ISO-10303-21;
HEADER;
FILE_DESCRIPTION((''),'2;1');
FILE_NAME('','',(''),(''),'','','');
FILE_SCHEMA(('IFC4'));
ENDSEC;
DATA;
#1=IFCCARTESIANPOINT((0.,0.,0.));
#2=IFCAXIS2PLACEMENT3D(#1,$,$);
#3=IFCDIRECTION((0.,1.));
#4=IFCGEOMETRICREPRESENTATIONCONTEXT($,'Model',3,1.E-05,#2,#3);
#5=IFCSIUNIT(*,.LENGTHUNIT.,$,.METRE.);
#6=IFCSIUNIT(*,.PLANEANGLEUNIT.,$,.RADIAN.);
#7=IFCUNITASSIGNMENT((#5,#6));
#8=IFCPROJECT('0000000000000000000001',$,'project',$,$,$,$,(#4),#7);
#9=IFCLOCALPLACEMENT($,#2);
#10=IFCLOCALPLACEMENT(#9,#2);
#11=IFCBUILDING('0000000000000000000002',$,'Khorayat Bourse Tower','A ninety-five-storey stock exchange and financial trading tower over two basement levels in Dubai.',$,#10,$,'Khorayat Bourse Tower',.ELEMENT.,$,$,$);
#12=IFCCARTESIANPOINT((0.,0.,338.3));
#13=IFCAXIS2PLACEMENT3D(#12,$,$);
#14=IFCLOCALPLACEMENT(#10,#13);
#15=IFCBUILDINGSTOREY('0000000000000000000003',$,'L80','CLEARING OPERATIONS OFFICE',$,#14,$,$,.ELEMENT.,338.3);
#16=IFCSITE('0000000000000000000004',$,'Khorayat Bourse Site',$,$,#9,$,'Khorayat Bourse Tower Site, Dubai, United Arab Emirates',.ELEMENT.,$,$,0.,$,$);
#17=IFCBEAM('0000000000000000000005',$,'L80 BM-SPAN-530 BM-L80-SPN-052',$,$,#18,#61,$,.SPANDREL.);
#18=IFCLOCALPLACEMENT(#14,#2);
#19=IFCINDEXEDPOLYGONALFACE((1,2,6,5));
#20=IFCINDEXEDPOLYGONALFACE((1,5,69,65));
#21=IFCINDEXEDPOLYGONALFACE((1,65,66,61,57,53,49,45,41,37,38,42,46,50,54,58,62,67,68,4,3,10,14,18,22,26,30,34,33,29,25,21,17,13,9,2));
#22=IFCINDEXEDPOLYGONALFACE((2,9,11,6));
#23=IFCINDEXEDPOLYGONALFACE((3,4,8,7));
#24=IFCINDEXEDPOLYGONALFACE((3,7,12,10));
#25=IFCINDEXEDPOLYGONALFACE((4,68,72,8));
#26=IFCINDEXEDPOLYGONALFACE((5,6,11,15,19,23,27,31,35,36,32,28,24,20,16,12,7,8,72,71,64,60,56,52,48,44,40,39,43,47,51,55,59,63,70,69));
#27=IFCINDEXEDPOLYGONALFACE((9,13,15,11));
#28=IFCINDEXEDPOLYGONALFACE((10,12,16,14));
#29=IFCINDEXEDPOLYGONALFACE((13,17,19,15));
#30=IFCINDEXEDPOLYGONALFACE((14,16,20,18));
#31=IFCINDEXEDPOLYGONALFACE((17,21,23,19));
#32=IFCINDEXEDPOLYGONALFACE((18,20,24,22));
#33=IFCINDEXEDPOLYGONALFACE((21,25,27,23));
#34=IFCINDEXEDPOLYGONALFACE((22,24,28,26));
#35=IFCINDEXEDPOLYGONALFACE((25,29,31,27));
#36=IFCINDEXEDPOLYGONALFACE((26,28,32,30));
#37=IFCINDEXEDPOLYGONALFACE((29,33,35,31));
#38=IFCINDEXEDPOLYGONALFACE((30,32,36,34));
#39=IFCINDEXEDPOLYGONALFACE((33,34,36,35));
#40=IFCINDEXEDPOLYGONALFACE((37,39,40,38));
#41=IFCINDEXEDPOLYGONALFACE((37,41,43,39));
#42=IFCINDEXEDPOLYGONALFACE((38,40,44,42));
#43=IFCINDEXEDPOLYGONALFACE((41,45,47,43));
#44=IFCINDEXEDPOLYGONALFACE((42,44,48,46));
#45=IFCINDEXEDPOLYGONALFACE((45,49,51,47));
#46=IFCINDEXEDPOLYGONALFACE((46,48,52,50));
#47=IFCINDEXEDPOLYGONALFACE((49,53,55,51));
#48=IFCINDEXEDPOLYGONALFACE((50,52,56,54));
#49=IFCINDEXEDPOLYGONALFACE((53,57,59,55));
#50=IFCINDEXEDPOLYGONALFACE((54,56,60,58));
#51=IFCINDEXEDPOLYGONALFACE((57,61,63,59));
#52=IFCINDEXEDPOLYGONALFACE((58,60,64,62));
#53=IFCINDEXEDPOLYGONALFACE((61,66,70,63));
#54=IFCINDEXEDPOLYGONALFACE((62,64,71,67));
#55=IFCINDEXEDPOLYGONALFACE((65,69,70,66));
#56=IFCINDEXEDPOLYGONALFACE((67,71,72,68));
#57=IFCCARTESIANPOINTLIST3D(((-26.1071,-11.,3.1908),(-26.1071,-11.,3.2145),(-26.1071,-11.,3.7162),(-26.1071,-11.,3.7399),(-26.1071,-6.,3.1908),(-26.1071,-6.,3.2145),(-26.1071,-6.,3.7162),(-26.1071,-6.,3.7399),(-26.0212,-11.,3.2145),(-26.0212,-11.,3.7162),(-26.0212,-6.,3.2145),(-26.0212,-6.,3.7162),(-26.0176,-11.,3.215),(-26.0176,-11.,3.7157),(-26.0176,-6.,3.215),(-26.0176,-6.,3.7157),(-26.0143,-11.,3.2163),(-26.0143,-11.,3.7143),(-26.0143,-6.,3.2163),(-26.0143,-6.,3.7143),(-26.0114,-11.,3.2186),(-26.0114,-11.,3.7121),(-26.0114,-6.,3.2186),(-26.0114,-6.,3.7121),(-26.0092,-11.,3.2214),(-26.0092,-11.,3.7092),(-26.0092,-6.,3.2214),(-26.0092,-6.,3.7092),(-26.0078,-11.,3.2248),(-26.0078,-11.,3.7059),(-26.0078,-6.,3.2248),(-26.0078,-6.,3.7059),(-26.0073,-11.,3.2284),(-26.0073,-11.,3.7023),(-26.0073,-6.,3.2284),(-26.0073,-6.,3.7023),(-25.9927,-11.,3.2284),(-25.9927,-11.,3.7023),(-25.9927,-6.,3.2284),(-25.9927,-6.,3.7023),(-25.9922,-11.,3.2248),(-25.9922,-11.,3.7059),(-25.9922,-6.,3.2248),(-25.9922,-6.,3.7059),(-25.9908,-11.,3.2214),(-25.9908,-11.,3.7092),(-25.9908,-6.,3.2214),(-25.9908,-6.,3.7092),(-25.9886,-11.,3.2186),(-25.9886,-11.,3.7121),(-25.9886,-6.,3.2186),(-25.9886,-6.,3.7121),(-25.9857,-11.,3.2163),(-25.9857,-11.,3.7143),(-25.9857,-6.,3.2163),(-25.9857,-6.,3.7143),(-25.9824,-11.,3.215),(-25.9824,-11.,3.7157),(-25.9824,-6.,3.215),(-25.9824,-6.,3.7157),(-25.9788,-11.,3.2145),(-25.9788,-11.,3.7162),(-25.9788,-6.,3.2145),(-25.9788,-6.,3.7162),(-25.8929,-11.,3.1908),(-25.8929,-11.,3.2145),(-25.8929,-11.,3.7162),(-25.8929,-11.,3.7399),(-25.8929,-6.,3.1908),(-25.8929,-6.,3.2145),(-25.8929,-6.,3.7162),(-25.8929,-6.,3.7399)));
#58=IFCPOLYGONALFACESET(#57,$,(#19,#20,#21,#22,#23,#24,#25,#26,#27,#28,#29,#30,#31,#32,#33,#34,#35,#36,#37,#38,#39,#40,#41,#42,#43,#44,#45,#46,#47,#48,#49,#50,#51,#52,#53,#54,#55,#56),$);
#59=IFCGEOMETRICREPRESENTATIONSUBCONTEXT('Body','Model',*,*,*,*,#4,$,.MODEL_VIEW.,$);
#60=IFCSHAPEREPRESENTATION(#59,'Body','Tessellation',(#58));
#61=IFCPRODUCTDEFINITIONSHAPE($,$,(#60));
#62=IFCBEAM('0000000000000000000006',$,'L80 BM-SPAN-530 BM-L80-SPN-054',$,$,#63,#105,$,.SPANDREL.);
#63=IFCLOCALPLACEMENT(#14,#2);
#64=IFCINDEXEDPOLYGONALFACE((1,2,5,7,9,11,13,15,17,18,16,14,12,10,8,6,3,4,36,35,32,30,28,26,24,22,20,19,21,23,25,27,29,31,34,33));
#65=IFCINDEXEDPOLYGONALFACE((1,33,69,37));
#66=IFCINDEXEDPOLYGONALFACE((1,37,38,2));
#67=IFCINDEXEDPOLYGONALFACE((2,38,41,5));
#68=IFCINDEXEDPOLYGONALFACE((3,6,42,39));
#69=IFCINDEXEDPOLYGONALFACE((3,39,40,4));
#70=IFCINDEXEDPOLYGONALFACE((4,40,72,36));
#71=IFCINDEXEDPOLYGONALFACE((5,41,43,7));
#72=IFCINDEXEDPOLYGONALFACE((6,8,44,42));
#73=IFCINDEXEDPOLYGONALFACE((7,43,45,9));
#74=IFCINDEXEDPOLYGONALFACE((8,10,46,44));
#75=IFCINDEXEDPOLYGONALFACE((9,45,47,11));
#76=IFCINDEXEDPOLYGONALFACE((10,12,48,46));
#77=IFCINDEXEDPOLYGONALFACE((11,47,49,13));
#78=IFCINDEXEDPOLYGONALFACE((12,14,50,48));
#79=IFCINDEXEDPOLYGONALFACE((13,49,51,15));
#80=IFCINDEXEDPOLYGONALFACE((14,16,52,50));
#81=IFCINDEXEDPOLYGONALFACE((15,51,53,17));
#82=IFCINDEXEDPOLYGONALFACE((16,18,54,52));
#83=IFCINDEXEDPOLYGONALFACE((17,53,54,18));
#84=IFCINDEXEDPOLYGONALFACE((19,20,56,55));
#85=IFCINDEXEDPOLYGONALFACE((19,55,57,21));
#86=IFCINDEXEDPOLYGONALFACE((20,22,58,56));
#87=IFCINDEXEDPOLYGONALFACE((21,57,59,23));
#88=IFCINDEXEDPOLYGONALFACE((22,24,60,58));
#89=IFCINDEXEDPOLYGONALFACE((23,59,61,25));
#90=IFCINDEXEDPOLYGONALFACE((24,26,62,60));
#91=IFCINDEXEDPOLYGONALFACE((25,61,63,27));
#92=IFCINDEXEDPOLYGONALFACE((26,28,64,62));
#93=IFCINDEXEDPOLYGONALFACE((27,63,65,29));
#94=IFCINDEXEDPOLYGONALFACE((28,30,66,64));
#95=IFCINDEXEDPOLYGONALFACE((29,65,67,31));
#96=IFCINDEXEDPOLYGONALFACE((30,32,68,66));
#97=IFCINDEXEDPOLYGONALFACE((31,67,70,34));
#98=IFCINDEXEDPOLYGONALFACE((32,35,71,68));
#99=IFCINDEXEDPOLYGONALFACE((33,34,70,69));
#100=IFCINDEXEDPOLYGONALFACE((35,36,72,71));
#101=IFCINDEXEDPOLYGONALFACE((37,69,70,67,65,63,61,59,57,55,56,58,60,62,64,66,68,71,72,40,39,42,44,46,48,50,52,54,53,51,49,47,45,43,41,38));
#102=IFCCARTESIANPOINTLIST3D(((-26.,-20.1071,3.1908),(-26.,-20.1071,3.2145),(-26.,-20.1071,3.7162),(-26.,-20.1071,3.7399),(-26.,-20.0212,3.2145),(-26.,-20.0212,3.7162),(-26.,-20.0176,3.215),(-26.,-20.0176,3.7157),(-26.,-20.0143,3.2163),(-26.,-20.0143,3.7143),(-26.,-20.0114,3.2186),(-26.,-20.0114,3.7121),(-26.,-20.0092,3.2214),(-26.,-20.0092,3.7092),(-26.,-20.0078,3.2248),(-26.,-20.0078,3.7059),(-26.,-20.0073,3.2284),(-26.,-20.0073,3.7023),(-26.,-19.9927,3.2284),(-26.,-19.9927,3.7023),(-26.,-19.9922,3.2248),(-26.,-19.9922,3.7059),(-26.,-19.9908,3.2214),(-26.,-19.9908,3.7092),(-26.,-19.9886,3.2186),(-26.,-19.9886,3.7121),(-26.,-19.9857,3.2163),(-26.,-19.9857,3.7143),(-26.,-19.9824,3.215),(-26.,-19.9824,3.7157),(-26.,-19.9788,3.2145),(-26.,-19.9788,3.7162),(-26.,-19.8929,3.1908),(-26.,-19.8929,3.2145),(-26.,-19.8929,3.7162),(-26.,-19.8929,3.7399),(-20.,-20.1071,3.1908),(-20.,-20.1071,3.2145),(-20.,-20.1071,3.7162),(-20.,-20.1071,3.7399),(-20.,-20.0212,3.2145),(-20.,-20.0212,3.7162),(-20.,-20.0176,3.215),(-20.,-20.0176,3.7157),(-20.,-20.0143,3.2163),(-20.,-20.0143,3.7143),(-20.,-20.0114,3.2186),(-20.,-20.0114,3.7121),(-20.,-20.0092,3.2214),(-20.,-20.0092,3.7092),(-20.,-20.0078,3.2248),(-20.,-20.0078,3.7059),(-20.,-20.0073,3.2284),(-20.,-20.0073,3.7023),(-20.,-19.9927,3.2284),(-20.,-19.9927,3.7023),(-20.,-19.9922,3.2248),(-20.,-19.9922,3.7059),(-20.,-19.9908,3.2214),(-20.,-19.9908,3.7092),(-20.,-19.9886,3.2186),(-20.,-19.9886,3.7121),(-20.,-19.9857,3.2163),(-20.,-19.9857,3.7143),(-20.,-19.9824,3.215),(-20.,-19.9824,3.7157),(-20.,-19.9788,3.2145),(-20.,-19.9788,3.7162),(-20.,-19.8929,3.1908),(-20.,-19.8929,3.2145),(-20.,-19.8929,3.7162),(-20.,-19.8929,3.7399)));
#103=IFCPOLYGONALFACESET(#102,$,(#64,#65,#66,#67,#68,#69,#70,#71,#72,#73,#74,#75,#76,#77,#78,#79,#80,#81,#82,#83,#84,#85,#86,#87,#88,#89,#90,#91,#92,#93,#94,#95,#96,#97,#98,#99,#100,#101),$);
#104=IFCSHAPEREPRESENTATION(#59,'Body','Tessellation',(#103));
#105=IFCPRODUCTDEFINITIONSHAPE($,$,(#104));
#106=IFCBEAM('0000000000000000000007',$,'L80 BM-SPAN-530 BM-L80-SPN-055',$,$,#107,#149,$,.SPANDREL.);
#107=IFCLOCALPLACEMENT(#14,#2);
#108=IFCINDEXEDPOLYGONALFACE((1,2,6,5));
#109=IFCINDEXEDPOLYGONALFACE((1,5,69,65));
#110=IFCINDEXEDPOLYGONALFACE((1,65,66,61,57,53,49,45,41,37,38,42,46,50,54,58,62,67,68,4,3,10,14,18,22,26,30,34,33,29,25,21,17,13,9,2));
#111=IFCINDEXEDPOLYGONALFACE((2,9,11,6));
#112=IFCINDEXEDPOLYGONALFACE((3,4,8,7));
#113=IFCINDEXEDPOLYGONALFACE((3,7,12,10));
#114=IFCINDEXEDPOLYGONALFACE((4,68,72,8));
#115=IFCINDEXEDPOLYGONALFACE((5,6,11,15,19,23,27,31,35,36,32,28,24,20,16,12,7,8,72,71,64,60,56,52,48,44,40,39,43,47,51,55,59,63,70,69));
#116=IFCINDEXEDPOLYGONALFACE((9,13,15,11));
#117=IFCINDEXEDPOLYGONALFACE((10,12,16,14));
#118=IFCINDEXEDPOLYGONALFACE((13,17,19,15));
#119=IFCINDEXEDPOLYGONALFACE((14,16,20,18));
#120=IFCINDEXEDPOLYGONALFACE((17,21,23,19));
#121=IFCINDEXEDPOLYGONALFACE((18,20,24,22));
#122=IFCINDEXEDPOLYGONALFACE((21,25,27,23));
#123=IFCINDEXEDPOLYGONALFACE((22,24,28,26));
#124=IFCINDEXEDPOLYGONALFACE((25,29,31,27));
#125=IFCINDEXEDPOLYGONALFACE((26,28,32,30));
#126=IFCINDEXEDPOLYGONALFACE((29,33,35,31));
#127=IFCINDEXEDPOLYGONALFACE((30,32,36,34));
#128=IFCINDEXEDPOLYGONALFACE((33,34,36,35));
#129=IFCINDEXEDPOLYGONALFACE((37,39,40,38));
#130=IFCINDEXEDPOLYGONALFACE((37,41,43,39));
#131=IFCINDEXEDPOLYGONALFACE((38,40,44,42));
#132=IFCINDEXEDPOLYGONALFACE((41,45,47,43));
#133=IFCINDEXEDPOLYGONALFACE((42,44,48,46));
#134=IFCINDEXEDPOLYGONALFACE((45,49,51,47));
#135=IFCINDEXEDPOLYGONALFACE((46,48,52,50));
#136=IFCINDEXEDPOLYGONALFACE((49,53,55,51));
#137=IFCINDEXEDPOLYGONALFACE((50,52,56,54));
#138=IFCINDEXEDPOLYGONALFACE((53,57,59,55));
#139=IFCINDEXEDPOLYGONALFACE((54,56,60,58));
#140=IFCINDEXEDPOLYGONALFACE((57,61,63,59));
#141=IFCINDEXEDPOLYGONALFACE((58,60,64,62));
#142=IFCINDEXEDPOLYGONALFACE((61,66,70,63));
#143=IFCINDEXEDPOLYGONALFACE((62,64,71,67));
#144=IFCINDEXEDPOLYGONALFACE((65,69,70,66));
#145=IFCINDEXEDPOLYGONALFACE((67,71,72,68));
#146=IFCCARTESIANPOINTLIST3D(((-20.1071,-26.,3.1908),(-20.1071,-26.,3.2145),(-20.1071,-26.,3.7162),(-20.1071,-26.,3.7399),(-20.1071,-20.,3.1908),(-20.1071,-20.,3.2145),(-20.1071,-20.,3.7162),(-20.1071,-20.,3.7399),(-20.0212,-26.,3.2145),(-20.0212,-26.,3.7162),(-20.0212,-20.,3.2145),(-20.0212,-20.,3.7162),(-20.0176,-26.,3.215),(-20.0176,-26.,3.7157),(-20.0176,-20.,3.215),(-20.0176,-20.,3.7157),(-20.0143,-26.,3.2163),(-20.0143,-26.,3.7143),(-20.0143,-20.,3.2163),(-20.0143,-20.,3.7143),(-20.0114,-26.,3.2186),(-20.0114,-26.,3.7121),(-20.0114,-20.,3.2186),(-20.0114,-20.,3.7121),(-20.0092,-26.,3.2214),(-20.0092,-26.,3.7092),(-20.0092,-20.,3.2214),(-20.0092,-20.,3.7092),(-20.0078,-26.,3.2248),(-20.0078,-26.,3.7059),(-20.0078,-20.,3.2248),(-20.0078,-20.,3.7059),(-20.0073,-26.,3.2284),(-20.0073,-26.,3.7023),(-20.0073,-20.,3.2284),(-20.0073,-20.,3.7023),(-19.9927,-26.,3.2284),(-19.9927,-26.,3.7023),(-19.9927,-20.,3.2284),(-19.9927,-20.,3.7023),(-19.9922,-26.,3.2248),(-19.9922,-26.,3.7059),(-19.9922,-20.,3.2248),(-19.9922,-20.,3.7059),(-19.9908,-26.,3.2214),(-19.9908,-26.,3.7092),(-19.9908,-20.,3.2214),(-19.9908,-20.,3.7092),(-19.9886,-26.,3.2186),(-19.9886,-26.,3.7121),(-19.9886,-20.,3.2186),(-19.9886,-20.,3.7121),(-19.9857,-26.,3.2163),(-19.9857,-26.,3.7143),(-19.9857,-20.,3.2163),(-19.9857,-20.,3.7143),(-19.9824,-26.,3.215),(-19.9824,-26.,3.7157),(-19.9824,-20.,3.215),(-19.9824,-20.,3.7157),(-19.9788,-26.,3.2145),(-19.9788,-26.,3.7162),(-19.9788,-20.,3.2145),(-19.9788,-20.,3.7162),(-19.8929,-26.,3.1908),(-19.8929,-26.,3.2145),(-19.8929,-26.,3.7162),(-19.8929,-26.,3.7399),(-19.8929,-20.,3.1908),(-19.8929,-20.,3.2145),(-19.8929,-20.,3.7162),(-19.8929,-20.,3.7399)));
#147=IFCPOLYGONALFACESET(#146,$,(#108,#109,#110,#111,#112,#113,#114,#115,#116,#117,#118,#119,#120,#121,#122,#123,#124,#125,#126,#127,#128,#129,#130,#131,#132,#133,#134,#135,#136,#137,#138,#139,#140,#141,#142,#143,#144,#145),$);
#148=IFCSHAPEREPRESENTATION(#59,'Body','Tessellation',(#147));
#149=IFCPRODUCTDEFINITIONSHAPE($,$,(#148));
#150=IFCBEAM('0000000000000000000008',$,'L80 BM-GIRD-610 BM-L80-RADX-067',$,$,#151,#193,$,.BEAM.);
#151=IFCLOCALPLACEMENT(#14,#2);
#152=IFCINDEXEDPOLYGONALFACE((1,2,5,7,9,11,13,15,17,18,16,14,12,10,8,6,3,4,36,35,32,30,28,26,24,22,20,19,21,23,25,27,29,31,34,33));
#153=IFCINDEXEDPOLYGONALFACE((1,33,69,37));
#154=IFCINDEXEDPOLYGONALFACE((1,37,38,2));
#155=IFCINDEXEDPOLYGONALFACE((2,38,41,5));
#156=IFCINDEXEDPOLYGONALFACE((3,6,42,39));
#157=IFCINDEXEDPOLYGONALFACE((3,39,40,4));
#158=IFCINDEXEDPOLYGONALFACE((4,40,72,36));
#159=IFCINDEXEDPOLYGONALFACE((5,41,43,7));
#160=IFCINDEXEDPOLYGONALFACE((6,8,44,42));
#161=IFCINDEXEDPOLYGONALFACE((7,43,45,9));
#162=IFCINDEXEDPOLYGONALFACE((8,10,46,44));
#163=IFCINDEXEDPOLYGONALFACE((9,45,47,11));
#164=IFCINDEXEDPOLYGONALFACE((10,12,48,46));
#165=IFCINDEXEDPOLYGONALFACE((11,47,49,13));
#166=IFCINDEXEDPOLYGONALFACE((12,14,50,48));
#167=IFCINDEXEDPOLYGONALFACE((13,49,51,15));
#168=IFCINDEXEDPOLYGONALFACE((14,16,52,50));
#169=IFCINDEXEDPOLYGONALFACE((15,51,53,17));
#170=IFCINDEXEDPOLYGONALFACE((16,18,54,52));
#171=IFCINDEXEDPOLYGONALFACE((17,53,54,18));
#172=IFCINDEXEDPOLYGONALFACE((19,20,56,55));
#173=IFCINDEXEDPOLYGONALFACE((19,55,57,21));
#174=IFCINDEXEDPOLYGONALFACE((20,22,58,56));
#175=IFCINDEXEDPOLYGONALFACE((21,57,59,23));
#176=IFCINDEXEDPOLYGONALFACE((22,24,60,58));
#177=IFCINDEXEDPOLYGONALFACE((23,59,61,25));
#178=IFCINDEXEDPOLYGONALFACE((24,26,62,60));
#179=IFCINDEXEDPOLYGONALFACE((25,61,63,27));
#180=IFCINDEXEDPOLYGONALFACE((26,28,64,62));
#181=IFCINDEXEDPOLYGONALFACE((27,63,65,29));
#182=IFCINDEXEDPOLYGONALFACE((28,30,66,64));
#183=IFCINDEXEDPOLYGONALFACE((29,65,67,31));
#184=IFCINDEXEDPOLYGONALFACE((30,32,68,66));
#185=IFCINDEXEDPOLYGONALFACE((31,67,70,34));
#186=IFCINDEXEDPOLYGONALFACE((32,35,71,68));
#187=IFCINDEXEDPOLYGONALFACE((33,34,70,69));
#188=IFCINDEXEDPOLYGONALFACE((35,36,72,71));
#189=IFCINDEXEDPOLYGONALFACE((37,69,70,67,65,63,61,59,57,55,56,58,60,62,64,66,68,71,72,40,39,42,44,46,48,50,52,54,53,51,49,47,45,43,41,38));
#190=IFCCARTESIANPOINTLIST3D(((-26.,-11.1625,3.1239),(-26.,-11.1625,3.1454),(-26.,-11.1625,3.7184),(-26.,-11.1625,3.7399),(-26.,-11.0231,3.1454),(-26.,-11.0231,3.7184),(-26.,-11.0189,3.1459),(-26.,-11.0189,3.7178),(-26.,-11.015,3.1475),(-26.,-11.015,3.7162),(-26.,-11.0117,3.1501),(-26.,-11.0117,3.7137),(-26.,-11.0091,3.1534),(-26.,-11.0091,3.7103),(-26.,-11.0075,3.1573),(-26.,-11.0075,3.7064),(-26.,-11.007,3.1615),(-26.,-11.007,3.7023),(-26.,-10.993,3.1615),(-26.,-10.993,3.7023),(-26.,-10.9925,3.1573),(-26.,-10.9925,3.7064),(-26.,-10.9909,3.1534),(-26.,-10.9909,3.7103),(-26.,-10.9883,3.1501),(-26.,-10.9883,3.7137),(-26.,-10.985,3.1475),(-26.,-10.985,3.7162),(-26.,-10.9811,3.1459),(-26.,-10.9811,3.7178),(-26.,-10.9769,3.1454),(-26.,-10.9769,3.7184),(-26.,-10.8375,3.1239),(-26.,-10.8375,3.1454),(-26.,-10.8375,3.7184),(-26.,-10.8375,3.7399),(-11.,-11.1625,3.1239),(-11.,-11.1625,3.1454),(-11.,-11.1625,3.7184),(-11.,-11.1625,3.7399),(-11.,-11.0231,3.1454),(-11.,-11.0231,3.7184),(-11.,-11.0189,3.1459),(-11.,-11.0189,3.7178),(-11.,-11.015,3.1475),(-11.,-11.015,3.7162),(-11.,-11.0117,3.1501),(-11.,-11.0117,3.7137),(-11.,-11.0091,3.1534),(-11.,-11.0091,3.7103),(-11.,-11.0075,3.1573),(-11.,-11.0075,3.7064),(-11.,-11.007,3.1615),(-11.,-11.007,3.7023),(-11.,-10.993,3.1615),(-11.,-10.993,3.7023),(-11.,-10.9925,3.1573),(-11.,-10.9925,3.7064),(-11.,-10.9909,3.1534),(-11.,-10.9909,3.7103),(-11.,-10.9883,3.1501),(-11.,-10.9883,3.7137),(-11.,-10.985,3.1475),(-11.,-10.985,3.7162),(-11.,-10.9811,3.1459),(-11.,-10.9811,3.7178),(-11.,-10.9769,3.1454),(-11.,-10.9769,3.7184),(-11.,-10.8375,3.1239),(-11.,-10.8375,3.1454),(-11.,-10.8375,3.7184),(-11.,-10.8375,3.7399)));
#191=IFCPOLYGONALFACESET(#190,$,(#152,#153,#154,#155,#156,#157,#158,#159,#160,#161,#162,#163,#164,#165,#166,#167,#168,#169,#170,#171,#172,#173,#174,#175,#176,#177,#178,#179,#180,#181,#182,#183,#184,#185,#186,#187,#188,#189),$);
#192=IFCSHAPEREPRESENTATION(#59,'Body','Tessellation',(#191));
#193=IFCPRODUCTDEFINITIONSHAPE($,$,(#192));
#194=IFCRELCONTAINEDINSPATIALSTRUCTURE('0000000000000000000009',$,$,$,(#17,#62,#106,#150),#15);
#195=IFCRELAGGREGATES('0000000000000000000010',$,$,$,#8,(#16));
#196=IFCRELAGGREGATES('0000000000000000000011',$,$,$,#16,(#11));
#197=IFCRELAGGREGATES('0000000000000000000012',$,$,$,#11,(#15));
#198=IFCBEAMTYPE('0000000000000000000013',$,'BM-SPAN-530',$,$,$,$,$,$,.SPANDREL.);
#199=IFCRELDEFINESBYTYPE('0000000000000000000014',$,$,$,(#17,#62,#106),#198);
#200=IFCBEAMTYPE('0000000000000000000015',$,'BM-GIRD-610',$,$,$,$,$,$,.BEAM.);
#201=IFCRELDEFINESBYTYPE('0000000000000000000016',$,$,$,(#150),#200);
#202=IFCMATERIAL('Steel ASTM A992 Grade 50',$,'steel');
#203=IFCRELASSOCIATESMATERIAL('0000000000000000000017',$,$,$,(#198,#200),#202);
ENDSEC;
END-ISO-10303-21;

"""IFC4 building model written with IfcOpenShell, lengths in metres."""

from ifc_helpers import new_model, si_unit, direction, frame, origin, origin_2d, place, context, subcontext, project, spatial, i_section, extrude, source, transform, mapped, material, material_profile, profile_set, type_object, element, save


model = new_model("IFC4")

# Units and contexts
model_context = context("Model", 3, precision=1e-05, world=origin(), true_north=direction((0.0, 1.0)))
body_context = subcontext(model_context, "Body", "Model", "MODEL_VIEW")
ifc_project = project(units=[si_unit("LENGTHUNIT", "METRE"), si_unit("PLANEANGLEUNIT", "RADIAN")], contexts=[model_context])

# Site, building, storey
site_placement = place(None, origin())
site = spatial("IfcSite", under=ifc_project, at=site_placement, Name="Khorayat Bourse Site", LongName="Khorayat Bourse Tower Site, Dubai, United Arab Emirates", CompositionType="ELEMENT", RefElevation=0.0)
building_placement = place(site_placement, origin())
building = spatial("IfcBuilding", under=site, at=building_placement, Name="Khorayat Bourse Tower", Description="A ninety-five-storey stock exchange and financial trading tower over two basement levels in Dubai.", LongName="Khorayat Bourse Tower", CompositionType="ELEMENT")
storey_placement = place(building_placement, frame((0.0, 0.0, 338.3)))
storey = spatial("IfcBuildingStorey", under=building, at=storey_placement, Name="L80", Description="CLEARING OPERATIONS OFFICE", CompositionType="ELEMENT", Elevation=338.3)

# Beams
ifc_material_1 = material(Name="Steel ASTM A992 Grade 50", Category="steel")
ifc_material_profile_1 = material_profile(ifc_material_1, i_section(OverallWidth=0.2141, OverallDepth=0.5491, WebThickness=0.0146, FlangeThickness=0.0237, FilletRadius=0.0139, at=origin_2d()), Name="W530X138")
ifc_profile_set_1 = profile_set([ifc_material_profile_1], Name="Steel ASTM A992 Grade 50")
beam_type_1 = type_object("IfcBeamType", Name="BM-SPAN-530", PredefinedType="SPANDREL", material=ifc_profile_set_1)
shared_shape_1 = source(origin(), body_context, "Body", "SweptSolid", [
    extrude(i_section(OverallWidth=0.2141, OverallDepth=0.5491, WebThickness=0.0146, FlangeThickness=0.0237, FilletRadius=0.0139, at=origin_2d()), origin(), (0.0, 0.0, 1.0), 5.0),
])
beam_1_placement = place(storey_placement, frame((-26.0, -11.0, 3.4653), z_axis=(0.0, 1.0, 0.0), x_axis=(-1.0, 0.0, 0.0)))
element("IfcBeam", 1, at=beam_1_placement, inside=storey, type_object=beam_type_1, Name="L80 BM-SPAN-530 BM-L80-SPN-052", PredefinedType="SPANDREL", context=body_context, shape_type="MappedRepresentation", body=[
    mapped(shared_shape_1, transform((0.0, 0.0, 0.0), scale=1.0)),
])
shared_shape_2 = source(origin(), body_context, "Body", "SweptSolid", [
    extrude(i_section(OverallWidth=0.2141, OverallDepth=0.5491, WebThickness=0.0146, FlangeThickness=0.0237, FilletRadius=0.0139, at=origin_2d()), origin(), (0.0, 0.0, 1.0), 6.0),
])
for number, where, z_axis, x_axis, name in (
    (2, (-26.0, -20.0, 3.4653), (1.0, 0.0, 0.0), (0.0, 1.0, 0.0), "L80 BM-SPAN-530 BM-L80-SPN-054"),
    (3, (-20.0, -26.0, 3.4653), (0.0, 1.0, 0.0), (-1.0, 0.0, 0.0), "L80 BM-SPAN-530 BM-L80-SPN-055"),
):
    element("IfcBeam", number, at=place(storey_placement, frame(where, z_axis=z_axis, x_axis=x_axis)), inside=storey, type_object=beam_type_1, Name=name, PredefinedType="SPANDREL", context=body_context, shape_type="MappedRepresentation", body=[
        mapped(shared_shape_2, transform((0.0, 0.0, 0.0), scale=1.0)),
    ])
ifc_material_profile_2 = material_profile(ifc_material_1, i_section(OverallWidth=0.325, OverallDepth=0.616, WebThickness=0.0139, FlangeThickness=0.0215, FilletRadius=0.0161, at=origin_2d()), Name="W610X174")
ifc_profile_set_2 = profile_set([ifc_material_profile_2], Name="Steel ASTM A992 Grade 50")
beam_type_2 = type_object("IfcBeamType", Name="BM-GIRD-610", PredefinedType="BEAM", material=ifc_profile_set_2)
shared_shape_3 = source(origin(), body_context, "Body", "SweptSolid", [
    extrude(i_section(OverallWidth=0.325, OverallDepth=0.616, WebThickness=0.0139, FlangeThickness=0.0215, FilletRadius=0.0161, at=origin_2d()), origin(), (0.0, 0.0, 1.0), 15.0),
])
beam_2_placement = place(storey_placement, frame((-26.0, -11.0, 3.4319), z_axis=(1.0, 0.0, 0.0), x_axis=(0.0, 1.0, 0.0)))
element("IfcBeam", 4, at=beam_2_placement, inside=storey, type_object=beam_type_2, Name="L80 BM-GIRD-610 BM-L80-RADX-067", PredefinedType="BEAM", context=body_context, shape_type="MappedRepresentation", body=[
    mapped(shared_shape_3, transform((0.0, 0.0, 0.0), scale=1.0)),
])

save(model, "model.ifc")
